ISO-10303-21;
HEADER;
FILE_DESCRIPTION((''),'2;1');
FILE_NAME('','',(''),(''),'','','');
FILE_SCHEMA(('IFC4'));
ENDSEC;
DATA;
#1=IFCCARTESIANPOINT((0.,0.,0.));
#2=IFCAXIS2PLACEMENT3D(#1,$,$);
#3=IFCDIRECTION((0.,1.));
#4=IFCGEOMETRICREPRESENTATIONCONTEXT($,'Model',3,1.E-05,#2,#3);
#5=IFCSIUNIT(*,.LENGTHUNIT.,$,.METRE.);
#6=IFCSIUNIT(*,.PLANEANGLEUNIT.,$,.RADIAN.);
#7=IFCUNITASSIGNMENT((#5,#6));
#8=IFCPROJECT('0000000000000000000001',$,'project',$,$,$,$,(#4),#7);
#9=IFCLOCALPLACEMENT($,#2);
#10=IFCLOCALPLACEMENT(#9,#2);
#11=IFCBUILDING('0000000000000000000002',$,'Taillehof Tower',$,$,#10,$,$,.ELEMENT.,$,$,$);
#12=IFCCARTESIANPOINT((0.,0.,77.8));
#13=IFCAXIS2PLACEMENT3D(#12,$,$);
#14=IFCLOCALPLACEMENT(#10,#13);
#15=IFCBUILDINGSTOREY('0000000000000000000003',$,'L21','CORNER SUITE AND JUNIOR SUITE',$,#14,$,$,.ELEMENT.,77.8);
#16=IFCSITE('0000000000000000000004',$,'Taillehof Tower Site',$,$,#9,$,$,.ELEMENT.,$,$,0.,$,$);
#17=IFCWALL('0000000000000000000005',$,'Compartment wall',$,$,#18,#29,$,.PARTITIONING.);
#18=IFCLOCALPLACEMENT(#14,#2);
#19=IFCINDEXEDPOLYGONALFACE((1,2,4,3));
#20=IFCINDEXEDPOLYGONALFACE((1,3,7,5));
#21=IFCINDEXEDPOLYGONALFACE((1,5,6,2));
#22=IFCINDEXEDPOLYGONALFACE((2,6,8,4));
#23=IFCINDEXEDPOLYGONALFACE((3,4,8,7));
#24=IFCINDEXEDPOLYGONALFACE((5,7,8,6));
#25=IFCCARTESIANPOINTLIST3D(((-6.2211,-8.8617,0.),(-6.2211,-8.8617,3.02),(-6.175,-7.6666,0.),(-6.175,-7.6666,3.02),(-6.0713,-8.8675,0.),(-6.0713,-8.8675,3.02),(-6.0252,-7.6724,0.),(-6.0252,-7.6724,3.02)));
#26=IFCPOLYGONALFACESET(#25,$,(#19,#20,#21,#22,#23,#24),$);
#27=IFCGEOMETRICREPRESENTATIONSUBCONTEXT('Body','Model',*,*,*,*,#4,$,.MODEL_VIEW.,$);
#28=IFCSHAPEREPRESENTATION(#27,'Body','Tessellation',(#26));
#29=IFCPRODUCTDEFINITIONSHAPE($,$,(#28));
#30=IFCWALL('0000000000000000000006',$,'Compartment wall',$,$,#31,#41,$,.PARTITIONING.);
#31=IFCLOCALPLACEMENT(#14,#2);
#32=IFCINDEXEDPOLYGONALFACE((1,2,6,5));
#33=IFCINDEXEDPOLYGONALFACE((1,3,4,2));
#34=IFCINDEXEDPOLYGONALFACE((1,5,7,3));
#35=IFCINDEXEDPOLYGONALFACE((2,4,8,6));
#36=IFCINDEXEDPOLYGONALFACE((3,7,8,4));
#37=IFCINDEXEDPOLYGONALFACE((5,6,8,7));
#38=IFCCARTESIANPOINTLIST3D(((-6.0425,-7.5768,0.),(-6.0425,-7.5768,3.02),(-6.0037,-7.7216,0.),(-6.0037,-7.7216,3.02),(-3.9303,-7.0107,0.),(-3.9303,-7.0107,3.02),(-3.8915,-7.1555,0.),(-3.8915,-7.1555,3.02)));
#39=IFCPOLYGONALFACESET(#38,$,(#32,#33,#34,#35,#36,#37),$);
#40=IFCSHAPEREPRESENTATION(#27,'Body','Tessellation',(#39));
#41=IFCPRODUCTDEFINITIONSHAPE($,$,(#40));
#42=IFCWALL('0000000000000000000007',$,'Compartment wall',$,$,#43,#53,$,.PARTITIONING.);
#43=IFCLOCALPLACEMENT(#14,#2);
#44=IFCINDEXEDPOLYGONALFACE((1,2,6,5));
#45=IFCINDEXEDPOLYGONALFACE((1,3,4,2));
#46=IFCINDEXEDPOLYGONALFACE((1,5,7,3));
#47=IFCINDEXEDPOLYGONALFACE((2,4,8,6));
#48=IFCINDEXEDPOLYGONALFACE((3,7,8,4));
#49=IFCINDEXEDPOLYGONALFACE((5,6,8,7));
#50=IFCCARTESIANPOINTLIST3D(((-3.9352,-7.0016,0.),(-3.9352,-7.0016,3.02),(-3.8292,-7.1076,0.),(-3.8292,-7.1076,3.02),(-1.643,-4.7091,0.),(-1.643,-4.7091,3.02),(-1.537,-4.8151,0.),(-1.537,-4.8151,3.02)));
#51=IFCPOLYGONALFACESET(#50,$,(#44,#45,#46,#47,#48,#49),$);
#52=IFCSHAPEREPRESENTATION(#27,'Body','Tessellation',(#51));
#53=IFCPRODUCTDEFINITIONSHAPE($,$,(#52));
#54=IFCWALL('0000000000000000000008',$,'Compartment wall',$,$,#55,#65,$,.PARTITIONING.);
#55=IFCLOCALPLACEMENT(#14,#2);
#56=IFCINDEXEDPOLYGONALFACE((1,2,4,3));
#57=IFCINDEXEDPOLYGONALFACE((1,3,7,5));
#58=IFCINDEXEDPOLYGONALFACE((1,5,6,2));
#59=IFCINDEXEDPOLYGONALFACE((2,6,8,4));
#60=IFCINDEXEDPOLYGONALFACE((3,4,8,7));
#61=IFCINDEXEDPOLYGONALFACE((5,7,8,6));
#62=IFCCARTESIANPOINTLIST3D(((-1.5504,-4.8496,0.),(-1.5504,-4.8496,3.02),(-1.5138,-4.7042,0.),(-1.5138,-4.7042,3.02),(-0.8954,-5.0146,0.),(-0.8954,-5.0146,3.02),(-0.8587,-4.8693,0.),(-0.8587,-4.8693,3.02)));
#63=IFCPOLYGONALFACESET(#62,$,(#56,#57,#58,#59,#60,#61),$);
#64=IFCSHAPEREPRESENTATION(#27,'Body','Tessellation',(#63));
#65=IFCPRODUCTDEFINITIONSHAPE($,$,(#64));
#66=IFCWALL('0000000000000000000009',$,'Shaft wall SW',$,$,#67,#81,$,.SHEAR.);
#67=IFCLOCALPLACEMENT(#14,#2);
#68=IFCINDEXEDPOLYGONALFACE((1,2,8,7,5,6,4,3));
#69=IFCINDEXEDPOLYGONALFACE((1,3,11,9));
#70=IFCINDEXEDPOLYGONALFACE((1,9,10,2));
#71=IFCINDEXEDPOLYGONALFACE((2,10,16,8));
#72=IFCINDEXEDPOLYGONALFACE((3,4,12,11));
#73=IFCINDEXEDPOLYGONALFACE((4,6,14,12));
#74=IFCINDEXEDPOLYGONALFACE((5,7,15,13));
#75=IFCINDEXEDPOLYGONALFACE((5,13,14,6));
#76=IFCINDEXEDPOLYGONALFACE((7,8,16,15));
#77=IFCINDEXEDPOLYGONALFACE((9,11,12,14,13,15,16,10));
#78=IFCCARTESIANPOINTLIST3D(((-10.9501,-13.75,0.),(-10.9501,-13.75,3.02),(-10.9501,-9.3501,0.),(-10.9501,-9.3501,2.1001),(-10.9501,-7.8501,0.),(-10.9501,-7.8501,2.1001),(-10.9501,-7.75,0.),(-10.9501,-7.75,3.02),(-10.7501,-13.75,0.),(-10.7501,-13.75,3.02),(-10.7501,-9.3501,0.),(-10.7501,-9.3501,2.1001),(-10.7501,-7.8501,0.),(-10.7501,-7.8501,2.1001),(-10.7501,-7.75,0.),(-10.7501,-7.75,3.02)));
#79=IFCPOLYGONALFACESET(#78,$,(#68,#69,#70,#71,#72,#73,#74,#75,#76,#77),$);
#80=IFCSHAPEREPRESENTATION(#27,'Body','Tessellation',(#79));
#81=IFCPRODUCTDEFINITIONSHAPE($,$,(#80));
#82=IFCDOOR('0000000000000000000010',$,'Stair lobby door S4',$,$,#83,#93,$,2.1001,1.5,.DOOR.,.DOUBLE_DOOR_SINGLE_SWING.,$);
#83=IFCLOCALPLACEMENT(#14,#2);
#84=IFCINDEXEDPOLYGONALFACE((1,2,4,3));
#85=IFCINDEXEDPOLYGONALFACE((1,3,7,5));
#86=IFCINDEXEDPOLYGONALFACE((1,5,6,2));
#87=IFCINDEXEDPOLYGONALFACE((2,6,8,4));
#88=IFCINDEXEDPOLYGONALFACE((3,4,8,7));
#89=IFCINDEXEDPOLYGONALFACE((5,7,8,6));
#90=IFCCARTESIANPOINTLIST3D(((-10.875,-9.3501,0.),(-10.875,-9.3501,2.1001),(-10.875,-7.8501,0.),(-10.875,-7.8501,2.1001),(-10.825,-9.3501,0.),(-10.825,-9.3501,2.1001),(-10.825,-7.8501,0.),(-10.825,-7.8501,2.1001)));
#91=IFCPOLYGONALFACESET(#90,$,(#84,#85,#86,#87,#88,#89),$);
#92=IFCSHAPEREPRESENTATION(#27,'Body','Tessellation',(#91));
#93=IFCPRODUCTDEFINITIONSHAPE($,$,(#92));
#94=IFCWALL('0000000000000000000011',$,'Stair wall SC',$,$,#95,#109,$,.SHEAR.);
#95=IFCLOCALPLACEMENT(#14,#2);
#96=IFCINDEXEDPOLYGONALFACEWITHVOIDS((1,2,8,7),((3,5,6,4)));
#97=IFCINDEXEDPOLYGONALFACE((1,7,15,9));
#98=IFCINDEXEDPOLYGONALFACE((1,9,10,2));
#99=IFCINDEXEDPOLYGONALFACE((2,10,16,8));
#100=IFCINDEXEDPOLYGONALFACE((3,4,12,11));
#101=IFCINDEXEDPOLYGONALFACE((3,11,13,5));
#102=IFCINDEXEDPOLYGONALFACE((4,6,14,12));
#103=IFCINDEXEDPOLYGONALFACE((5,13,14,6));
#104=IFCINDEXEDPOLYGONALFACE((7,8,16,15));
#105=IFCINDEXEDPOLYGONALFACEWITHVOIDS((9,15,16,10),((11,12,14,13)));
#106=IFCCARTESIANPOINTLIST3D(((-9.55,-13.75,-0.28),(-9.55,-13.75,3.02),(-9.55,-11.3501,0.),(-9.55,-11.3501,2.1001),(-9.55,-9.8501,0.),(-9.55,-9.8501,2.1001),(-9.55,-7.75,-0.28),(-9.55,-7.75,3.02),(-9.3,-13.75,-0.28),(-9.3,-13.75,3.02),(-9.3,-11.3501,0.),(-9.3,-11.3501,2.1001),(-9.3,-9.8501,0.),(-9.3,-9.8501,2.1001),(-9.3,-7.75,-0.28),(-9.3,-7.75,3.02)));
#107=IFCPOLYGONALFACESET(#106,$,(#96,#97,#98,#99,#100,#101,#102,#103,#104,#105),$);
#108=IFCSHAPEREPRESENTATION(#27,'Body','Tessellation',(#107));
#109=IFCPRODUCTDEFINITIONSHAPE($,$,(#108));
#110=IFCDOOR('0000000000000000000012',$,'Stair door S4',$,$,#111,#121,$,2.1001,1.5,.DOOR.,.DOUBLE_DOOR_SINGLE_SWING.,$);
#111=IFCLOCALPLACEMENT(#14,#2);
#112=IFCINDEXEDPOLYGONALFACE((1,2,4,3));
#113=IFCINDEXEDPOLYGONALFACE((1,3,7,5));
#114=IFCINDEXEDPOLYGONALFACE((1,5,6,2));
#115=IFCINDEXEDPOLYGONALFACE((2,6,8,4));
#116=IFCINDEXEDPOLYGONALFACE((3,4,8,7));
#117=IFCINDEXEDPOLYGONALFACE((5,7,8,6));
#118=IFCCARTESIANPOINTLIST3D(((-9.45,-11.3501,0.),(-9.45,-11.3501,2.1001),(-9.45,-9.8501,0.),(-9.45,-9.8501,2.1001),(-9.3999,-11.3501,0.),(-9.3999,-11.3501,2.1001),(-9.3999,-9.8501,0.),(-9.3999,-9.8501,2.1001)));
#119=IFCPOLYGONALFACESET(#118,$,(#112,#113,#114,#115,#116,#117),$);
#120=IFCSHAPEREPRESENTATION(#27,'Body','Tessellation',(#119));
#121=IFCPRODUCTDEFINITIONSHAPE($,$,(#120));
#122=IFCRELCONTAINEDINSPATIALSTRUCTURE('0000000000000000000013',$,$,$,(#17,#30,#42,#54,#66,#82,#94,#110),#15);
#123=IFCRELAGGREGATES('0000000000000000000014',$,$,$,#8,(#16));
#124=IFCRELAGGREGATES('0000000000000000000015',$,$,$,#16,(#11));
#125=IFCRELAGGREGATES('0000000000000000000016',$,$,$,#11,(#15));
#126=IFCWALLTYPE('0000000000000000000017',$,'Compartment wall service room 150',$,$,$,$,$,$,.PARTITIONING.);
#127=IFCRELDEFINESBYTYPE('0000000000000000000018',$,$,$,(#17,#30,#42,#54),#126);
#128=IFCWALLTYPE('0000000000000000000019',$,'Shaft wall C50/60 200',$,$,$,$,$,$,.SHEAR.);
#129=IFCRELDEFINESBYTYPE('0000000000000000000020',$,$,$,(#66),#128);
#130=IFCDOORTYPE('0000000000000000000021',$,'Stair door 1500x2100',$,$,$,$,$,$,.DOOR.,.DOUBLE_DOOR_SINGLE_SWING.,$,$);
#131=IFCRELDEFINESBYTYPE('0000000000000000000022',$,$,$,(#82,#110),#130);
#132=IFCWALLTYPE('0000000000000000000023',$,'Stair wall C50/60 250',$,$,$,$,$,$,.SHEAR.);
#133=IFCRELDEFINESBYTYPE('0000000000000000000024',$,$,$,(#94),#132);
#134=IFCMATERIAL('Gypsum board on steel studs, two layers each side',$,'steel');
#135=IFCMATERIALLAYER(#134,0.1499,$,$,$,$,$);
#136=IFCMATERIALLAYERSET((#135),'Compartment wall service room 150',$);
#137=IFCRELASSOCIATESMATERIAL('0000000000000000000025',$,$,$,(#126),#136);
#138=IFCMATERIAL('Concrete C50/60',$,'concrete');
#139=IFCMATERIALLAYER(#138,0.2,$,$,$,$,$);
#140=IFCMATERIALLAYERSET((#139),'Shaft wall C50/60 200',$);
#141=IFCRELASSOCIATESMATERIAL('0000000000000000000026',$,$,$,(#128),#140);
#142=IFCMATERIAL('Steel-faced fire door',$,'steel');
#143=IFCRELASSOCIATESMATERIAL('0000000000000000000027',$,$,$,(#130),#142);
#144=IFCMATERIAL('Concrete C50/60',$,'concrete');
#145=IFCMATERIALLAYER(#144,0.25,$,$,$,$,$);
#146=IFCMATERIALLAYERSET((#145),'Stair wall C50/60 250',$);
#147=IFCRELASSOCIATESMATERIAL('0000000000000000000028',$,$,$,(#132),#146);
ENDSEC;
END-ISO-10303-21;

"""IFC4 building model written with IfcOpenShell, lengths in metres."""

from ifc_helpers import new_model, si_unit, direction, frame, frame_2d, origin, place, context, subcontext, project, spatial, rectangle, extrude, material, layer, layer_set, type_object, element, fill, save


model = new_model("IFC4")

# Units and contexts
model_context = context("Model", 3, precision=1e-05, world=origin(), true_north=direction((0.0, 1.0)))
body_context = subcontext(model_context, "Body", "Model", "MODEL_VIEW")
ifc_project = project(units=[si_unit("LENGTHUNIT", "METRE"), si_unit("PLANEANGLEUNIT", "RADIAN")], contexts=[model_context])

# Site, building, storey
site_placement = place(None, origin())
site = spatial("IfcSite", under=ifc_project, at=site_placement, Name="Taillehof Tower Site", CompositionType="ELEMENT", RefElevation=0.0)
building_placement = place(site_placement, origin())
building = spatial("IfcBuilding", under=site, at=building_placement, Name="Taillehof Tower", CompositionType="ELEMENT")
storey_placement = place(building_placement, frame((0.0, 0.0, 77.8)))
storey = spatial("IfcBuildingStorey", under=building, at=storey_placement, Name="L21", Description="CORNER SUITE AND JUNIOR SUITE", CompositionType="ELEMENT", Elevation=77.8)

# Walls
ifc_material_1 = material(Name="Gypsum board on steel studs, two layers each side", Category="steel")
ifc_layer_1 = layer(ifc_material_1, 0.1499)
ifc_layer_set_1 = layer_set([ifc_layer_1], Name="Compartment wall service room 150")
wall_type_1 = type_object("IfcWallType", Name="Compartment wall service room 150", PredefinedType="PARTITIONING", material=ifc_layer_set_1)
wall_1_placement = place(storey_placement, frame((-6.1462, -8.8647, 0.0), z_axis=(0.0, 0.0, 1.0), x_axis=(0.038582, 0.999255, 0.0)))
element("IfcWall", 1, at=wall_1_placement, inside=storey, type_object=wall_type_1, Name="Compartment wall", PredefinedType="PARTITIONING", context=body_context, shape_type="SweptSolid", body=[
    extrude(rectangle(XDim=1.196, YDim=0.1499, at=frame_2d((0.5981, 0.0))), origin(), (0.0, 0.0, 1.0), 3.02),
])
wall_2_placement = place(storey_placement, frame((-6.0229, -7.6492, 0.0), z_axis=(0.0, 0.0, 1.0), x_axis=(0.965906, 0.258892, 0.0)))
element("IfcWall", 2, at=wall_2_placement, inside=storey, type_object=wall_type_1, Name="Compartment wall", PredefinedType="PARTITIONING", context=body_context, shape_type="SweptSolid", body=[
    extrude(rectangle(XDim=2.1868, YDim=0.1499, at=frame_2d((1.0933, 0.0))), origin(), (0.0, 0.0, 1.0), 3.02),
])
wall_3_placement = place(storey_placement, frame((-3.8823, -7.0547, 0.0), z_axis=(0.0, 0.0, 1.0), x_axis=(0.707069, 0.707144, 0.0)))
element("IfcWall", 3, at=wall_3_placement, inside=storey, type_object=wall_type_1, Name="Compartment wall", PredefinedType="PARTITIONING", context=body_context, shape_type="SweptSolid", body=[
    extrude(rectangle(XDim=3.2419, YDim=0.1499, at=frame_2d((1.6211, 0.0))), origin(), (0.0, 0.0, 1.0), 3.02),
])
wall_4_placement = place(storey_placement, frame((-1.5322, -4.7769, 0.0), z_axis=(0.0, 0.0, 1.0), x_axis=(0.969694, -0.244321, 0.0)))
element("IfcWall", 4, at=wall_4_placement, inside=storey, type_object=wall_type_1, Name="Compartment wall", PredefinedType="PARTITIONING", context=body_context, shape_type="SweptSolid", body=[
    extrude(rectangle(XDim=0.6755, YDim=0.1499, at=frame_2d((0.3379, 0.0))), origin(), (0.0, 0.0, 1.0), 3.02),
])

# Walls, openings, doors
ifc_material_2 = material(Name="Concrete C50/60", Category="concrete")
ifc_layer_2 = layer(ifc_material_2, 0.2)
ifc_layer_set_2 = layer_set([ifc_layer_2], Name="Shaft wall C50/60 200")
wall_type_2 = type_object("IfcWallType", Name="Shaft wall C50/60 200", PredefinedType="SHEAR", material=ifc_layer_set_2)
wall_5_placement = place(storey_placement, frame((-10.8501, -13.75, 0.0), z_axis=(0.0, 0.0, 1.0), x_axis=(0.0, 1.0, 0.0)))
wall_5 = element("IfcWall", 5, at=wall_5_placement, inside=storey, type_object=wall_type_2, Name="Shaft wall SW", PredefinedType="SHEAR", context=body_context, shape_type="SweptSolid", body=[
    extrude(rectangle(XDim=6.0, YDim=0.2, at=frame_2d((3.0, 0.0))), origin(), (0.0, 0.0, 1.0), 3.02),
])
opening_1_placement = place(wall_5_placement, frame((4.3999, 0.0, 0.0)))
opening_1 = element("IfcOpeningElement", 6, at=opening_1_placement, cuts=wall_5, PredefinedType="OPENING", context=body_context, shape_type="SweptSolid", body=[
    extrude(rectangle(XDim=1.5, YDim=2.1001, at=frame_2d((0.75, 1.05))), frame((0.0, 0.1099, 0.0), z_axis=(0.0, -1.0, 0.0), x_axis=(1.0, 0.0, 0.0)), (0.0, 0.0, 1.0), 0.22),
])
ifc_material_3 = material(Name="Steel-faced fire door", Category="steel")
door_type = type_object("IfcDoorType", Name="Stair door 1500x2100", OperationType="DOUBLE_DOOR_SINGLE_SWING", PredefinedType="DOOR", material=ifc_material_3)
door_1_placement = place(opening_1_placement, origin())
door_1 = element("IfcDoor", 7, at=door_1_placement, inside=storey, type_object=door_type, Name="Stair lobby door S4", OperationType="DOUBLE_DOOR_SINGLE_SWING", OverallHeight=2.1001, OverallWidth=1.5, PredefinedType="DOOR", context=body_context, shape_type="SweptSolid", body=[
    extrude(rectangle(XDim=1.5, YDim=2.1001, at=frame_2d((0.75, 1.05))), frame((0.0, 0.0249, 0.0), z_axis=(0.0, -1.0, 0.0), x_axis=(1.0, 0.0, 0.0)), (0.0, 0.0, 1.0), 0.05),
])
fill(opening_1, door_1)
ifc_material_4 = material(Name="Concrete C50/60", Category="concrete")
ifc_layer_3 = layer(ifc_material_4, 0.25)
ifc_layer_set_3 = layer_set([ifc_layer_3], Name="Stair wall C50/60 250")
wall_type_3 = type_object("IfcWallType", Name="Stair wall C50/60 250", PredefinedType="SHEAR", material=ifc_layer_set_3)
wall_6_placement = place(storey_placement, frame((-9.425, -13.75, -0.28), z_axis=(0.0, 0.0, 1.0), x_axis=(0.0, 1.0, 0.0)))
wall_6 = element("IfcWall", 8, at=wall_6_placement, inside=storey, type_object=wall_type_3, Name="Stair wall SC", PredefinedType="SHEAR", context=body_context, shape_type="SweptSolid", body=[
    extrude(rectangle(XDim=6.0, YDim=0.25, at=frame_2d((3.0, 0.0))), origin(), (0.0, 0.0, 1.0), 3.3),
])
opening_2_placement = place(wall_6_placement, frame((2.3999, 0.0, 0.28)))
opening_2 = element("IfcOpeningElement", 9, at=opening_2_placement, cuts=wall_6, PredefinedType="OPENING", context=body_context, shape_type="SweptSolid", body=[
    extrude(rectangle(XDim=1.5, YDim=2.1001, at=frame_2d((0.75, 1.05))), frame((0.0, 0.135, 0.0), z_axis=(0.0, -1.0, 0.0), x_axis=(1.0, 0.0, 0.0)), (0.0, 0.0, 1.0), 0.27),
])
door_2_placement = place(opening_2_placement, origin())
door_2 = element("IfcDoor", 10, at=door_2_placement, inside=storey, type_object=door_type, Name="Stair door S4", OperationType="DOUBLE_DOOR_SINGLE_SWING", OverallHeight=2.1001, OverallWidth=1.5, PredefinedType="DOOR", context=body_context, shape_type="SweptSolid", body=[
    extrude(rectangle(XDim=1.5, YDim=2.1001, at=frame_2d((0.75, 1.05))), frame((0.0, 0.0249, 0.0), z_axis=(0.0, -1.0, 0.0), x_axis=(1.0, 0.0, 0.0)), (0.0, 0.0, 1.0), 0.05),
])
fill(opening_2, door_2)

save(model, "model.ifc")
